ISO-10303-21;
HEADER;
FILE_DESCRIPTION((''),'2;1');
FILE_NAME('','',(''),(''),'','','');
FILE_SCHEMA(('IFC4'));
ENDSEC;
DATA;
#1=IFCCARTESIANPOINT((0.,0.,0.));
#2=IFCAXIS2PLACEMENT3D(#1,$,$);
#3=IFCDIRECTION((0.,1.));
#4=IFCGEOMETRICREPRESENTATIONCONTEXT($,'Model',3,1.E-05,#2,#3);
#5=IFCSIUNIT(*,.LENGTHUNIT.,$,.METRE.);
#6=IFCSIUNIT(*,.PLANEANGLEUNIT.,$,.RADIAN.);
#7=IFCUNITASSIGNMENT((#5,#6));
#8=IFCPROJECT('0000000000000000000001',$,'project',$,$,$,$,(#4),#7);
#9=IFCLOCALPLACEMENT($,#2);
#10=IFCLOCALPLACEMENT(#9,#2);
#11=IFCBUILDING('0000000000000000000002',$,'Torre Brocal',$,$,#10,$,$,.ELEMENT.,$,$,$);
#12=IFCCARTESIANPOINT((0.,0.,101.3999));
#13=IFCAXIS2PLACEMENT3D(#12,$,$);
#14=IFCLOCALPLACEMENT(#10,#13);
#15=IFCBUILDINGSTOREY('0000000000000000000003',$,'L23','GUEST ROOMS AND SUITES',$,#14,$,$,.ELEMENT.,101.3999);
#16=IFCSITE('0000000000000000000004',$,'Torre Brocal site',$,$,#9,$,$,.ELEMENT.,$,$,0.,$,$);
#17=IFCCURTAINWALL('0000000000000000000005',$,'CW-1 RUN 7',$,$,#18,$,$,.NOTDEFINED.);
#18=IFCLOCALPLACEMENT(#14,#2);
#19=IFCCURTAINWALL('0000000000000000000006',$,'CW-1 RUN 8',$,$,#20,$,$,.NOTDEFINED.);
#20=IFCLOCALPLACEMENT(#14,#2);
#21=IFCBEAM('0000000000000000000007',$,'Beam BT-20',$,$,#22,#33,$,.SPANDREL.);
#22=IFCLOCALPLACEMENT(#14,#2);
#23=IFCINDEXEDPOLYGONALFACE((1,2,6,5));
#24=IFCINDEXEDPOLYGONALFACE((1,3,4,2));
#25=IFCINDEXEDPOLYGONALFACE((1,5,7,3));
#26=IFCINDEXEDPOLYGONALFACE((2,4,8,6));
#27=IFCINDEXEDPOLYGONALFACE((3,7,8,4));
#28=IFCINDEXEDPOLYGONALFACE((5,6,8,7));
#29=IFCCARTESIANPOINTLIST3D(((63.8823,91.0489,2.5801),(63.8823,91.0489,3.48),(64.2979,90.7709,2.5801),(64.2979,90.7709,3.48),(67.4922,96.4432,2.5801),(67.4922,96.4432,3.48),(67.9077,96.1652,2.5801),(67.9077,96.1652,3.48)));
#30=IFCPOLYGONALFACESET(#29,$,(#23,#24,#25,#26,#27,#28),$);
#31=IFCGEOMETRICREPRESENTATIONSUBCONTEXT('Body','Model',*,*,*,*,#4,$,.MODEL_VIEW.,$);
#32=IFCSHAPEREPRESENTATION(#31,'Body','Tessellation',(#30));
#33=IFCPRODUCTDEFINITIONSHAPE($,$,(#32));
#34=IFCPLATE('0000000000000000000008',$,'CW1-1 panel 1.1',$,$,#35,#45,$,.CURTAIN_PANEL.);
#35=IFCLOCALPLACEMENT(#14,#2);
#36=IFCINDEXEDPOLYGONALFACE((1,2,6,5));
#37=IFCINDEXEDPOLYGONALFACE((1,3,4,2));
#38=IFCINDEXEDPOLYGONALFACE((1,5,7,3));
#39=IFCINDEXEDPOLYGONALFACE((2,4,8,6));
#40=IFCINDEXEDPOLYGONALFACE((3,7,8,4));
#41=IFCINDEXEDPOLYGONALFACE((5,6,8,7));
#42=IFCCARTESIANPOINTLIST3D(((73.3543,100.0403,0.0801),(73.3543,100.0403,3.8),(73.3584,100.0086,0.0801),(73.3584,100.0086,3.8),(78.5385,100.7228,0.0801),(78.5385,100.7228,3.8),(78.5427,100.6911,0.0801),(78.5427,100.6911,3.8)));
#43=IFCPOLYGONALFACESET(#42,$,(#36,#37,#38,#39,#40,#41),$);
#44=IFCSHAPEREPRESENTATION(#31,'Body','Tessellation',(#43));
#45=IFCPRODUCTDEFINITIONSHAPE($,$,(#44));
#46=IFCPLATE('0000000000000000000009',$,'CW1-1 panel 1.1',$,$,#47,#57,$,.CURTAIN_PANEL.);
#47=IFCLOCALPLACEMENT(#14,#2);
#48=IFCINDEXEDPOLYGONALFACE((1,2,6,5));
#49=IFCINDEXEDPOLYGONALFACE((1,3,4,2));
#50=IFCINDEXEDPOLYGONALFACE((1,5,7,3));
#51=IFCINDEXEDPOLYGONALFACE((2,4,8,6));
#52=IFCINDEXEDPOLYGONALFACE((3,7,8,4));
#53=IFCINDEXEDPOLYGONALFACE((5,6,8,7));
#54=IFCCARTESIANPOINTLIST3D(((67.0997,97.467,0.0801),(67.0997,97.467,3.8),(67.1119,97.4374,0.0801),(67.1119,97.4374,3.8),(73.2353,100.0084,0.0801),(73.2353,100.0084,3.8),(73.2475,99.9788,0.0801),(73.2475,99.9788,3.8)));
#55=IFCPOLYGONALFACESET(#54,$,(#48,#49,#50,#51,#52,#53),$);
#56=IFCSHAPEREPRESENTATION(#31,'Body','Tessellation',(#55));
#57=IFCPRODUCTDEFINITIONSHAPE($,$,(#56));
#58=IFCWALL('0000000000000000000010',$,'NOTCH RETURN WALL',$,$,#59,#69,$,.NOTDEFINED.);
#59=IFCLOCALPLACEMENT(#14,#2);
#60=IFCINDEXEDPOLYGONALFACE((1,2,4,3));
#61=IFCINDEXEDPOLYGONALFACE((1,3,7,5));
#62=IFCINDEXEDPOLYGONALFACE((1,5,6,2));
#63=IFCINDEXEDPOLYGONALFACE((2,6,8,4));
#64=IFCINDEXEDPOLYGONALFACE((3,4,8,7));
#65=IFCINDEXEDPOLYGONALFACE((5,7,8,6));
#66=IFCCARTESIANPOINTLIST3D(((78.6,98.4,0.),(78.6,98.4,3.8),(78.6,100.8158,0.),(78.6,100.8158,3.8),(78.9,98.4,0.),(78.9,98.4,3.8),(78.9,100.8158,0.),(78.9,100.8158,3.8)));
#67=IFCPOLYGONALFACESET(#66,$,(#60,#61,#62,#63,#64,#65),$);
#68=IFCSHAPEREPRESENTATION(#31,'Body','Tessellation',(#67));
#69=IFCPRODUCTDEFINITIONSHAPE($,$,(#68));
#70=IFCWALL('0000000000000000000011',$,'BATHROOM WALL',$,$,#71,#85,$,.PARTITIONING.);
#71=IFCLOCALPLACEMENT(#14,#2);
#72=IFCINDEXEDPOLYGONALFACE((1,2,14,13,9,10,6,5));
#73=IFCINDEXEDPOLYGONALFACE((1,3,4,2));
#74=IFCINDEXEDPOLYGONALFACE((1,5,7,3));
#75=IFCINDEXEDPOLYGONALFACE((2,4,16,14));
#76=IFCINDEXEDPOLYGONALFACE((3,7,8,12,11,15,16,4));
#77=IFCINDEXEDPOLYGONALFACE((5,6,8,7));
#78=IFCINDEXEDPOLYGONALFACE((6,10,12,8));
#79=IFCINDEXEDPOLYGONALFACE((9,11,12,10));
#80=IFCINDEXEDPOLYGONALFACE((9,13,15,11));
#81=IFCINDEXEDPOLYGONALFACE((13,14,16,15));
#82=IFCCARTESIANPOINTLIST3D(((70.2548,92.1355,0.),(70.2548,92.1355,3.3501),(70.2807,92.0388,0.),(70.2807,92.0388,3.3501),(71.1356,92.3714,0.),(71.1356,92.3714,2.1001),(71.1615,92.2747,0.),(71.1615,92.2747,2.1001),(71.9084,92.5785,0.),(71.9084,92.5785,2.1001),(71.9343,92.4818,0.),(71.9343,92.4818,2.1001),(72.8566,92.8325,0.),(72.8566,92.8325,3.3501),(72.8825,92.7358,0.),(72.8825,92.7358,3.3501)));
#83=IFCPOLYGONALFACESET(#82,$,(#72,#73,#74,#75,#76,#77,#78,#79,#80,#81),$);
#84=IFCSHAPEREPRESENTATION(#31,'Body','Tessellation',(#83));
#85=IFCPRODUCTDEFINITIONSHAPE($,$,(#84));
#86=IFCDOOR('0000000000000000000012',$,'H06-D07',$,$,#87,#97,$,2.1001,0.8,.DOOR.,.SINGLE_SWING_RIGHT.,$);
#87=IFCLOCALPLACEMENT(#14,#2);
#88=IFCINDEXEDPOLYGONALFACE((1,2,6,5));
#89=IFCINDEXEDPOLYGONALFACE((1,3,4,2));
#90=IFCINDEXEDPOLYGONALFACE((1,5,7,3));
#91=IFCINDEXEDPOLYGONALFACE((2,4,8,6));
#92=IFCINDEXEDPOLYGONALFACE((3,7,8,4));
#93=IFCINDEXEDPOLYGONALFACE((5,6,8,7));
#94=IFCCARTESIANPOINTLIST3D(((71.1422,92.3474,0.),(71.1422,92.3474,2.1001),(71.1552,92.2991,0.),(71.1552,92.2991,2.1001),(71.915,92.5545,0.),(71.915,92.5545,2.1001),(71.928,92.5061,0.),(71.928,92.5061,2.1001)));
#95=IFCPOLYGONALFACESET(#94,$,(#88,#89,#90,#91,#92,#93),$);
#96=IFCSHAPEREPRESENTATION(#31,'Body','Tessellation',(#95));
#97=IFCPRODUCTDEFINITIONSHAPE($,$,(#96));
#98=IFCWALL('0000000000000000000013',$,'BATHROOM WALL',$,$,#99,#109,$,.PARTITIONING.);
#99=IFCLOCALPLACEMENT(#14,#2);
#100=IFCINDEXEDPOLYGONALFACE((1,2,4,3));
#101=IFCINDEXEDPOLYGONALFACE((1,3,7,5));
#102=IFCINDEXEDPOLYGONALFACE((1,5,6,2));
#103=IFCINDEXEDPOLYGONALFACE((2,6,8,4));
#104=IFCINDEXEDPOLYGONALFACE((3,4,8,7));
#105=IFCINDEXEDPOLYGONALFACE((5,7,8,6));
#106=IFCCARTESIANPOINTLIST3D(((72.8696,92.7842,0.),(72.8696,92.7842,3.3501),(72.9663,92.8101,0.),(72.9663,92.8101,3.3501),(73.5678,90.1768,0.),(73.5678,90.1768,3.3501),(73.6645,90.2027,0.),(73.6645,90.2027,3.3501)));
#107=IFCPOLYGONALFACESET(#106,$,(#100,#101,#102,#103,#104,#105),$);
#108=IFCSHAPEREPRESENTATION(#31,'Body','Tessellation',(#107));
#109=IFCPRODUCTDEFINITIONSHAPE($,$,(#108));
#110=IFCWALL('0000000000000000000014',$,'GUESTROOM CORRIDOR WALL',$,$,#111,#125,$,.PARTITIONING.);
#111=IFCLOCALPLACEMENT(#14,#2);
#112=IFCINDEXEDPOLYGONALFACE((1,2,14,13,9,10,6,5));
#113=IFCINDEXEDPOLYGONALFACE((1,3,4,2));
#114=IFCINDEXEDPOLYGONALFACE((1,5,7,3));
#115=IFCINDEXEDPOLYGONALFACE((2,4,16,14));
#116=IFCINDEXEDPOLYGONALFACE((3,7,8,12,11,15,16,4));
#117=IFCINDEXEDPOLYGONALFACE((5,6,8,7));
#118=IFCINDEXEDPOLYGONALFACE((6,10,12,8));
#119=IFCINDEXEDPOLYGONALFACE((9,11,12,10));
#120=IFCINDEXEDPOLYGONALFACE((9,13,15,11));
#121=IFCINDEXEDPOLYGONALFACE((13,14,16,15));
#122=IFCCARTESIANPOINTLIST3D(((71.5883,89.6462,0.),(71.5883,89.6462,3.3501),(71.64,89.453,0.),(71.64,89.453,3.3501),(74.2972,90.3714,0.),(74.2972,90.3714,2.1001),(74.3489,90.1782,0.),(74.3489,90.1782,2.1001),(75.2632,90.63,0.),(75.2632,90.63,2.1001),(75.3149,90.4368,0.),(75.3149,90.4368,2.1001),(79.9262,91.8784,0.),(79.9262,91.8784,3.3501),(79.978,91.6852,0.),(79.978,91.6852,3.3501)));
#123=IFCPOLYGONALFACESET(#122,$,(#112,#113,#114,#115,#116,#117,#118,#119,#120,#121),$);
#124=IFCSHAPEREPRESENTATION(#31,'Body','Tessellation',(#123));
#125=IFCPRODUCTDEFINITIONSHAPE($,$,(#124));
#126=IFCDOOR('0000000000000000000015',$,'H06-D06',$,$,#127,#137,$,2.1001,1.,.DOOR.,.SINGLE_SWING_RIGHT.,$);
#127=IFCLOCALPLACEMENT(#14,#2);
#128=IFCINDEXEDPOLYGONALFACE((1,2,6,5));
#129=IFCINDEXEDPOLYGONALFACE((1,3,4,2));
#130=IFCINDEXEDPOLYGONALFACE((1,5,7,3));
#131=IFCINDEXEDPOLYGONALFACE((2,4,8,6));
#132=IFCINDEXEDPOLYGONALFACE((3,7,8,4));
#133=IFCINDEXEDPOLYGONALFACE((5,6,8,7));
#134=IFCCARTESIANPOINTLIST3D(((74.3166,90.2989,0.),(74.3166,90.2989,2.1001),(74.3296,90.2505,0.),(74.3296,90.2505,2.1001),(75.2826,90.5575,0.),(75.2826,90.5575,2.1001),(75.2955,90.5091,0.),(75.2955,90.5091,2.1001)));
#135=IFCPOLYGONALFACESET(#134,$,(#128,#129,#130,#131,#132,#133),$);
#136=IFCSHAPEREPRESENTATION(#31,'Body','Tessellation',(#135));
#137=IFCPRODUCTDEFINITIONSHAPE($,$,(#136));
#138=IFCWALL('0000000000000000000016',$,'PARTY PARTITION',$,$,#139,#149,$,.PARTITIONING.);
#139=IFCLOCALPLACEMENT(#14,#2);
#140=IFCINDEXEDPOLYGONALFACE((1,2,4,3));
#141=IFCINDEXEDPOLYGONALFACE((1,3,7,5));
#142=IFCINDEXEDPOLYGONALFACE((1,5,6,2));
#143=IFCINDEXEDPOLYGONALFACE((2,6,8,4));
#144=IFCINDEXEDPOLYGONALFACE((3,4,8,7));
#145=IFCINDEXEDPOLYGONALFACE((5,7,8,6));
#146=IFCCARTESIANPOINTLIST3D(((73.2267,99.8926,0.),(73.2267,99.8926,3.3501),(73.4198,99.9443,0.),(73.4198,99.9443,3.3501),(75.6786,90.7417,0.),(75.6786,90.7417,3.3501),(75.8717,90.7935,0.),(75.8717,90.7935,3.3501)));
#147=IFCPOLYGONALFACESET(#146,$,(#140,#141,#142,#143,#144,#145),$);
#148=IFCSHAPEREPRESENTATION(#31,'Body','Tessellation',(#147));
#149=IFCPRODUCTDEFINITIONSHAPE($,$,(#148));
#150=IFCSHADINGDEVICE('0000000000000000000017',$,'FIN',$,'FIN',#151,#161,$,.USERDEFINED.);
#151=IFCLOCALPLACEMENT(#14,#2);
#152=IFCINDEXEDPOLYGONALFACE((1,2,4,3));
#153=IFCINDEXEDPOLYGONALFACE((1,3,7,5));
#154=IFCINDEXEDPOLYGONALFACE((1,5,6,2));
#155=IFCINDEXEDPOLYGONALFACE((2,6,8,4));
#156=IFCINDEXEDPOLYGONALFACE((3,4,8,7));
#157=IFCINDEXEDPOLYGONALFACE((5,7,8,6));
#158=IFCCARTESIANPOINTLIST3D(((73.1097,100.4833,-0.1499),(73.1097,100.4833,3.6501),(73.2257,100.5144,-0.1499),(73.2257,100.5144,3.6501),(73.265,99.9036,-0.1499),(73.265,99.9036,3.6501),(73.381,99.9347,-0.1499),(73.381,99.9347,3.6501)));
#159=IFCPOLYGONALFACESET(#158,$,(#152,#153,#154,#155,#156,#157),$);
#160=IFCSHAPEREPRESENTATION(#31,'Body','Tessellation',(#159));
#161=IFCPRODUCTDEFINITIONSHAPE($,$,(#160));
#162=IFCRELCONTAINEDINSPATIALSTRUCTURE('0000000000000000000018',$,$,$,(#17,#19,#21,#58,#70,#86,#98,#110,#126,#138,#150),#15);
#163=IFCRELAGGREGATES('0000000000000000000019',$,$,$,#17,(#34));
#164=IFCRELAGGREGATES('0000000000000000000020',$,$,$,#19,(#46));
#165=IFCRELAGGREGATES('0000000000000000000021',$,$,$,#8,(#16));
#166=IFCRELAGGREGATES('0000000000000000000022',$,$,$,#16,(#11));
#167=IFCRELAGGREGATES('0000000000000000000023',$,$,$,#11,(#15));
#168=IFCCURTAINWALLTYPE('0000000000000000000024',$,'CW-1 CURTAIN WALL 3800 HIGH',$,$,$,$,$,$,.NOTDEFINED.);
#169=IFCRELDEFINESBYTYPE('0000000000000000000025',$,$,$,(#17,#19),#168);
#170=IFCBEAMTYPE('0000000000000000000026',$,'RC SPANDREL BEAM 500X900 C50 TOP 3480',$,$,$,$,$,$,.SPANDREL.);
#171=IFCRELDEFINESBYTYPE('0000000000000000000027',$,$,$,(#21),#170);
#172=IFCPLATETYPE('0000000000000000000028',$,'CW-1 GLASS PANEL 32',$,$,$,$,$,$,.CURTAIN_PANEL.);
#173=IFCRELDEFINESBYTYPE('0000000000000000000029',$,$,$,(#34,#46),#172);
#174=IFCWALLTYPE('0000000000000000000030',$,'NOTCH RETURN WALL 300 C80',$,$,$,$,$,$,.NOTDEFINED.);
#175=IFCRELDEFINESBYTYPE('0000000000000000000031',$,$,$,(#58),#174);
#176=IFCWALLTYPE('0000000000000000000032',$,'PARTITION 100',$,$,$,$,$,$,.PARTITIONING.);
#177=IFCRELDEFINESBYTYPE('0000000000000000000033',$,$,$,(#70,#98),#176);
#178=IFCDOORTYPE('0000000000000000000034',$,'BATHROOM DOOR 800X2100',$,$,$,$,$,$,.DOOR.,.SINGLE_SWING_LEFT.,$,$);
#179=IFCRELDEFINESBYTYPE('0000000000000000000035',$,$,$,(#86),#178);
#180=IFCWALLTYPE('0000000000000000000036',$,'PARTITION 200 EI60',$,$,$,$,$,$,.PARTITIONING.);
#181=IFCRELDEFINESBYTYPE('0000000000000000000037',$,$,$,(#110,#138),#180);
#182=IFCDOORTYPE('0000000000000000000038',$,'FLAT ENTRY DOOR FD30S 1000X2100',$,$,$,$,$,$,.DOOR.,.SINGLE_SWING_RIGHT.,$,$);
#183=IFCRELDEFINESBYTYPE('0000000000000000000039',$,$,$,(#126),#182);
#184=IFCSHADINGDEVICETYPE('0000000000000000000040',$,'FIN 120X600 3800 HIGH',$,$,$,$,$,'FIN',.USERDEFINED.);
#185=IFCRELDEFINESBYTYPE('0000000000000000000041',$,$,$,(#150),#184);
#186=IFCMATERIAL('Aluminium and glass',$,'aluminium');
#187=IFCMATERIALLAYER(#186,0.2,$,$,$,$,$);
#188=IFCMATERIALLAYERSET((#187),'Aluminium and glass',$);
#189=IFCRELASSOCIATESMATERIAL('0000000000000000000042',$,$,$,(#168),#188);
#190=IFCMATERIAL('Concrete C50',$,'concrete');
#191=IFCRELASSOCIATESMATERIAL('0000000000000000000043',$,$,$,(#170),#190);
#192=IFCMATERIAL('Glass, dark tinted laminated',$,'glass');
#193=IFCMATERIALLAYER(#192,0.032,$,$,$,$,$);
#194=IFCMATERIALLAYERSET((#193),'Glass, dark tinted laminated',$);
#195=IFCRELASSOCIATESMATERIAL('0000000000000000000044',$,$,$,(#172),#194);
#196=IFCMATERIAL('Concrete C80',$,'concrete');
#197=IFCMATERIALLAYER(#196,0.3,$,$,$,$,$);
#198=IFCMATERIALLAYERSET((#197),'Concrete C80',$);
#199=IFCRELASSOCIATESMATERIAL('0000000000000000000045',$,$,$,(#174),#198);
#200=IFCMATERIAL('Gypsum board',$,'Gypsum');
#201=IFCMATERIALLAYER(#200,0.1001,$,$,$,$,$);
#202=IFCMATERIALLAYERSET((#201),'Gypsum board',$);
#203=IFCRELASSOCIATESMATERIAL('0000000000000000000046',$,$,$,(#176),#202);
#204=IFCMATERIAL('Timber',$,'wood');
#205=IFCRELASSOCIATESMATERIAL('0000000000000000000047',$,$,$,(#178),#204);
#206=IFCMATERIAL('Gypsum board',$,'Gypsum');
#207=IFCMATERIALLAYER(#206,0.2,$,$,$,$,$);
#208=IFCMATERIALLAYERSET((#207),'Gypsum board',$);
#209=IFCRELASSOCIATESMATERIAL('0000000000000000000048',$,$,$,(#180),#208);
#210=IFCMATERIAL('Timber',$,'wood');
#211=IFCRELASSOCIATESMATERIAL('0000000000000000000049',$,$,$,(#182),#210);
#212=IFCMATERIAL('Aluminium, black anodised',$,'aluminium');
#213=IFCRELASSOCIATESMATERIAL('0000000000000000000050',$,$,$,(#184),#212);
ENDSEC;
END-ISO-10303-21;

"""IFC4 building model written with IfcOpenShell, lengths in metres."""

from ifc_helpers import new_model, si_unit, direction, frame, frame_2d, origin, origin_2d, place, context, subcontext, project, spatial, rectangle, extrude, material, layer, layer_set, material_profile, profile_set, type_object, element, fill, aggregate, save


model = new_model("IFC4")

# Units and contexts
model_context = context("Model", 3, precision=1e-05, world=origin(), true_north=direction((0.0, 1.0)))
body_context = subcontext(model_context, "Body", "Model", "MODEL_VIEW")
ifc_project = project(units=[si_unit("LENGTHUNIT", "METRE"), si_unit("PLANEANGLEUNIT", "RADIAN")], contexts=[model_context])

# Site, building, storey
site_placement = place(None, origin())
site = spatial("IfcSite", under=ifc_project, at=site_placement, Name="Torre Brocal site", CompositionType="ELEMENT", RefElevation=0.0)
building_placement = place(site_placement, origin())
building = spatial("IfcBuilding", under=site, at=building_placement, Name="Torre Brocal", CompositionType="ELEMENT")
storey_placement = place(building_placement, frame((0.0, 0.0, 101.3999)))
storey = spatial("IfcBuildingStorey", under=building, at=storey_placement, Name="L23", Description="GUEST ROOMS AND SUITES", CompositionType="ELEMENT", Elevation=101.3999)

# Curtain wall
ifc_material_1 = material(Name="Aluminium and glass", Category="aluminium")
ifc_layer_1 = layer(ifc_material_1, 0.2)
ifc_layer_set_1 = layer_set([ifc_layer_1], Name="Aluminium and glass")
curtain_wall_type = type_object("IfcCurtainWallType", Name="CW-1 CURTAIN WALL 3800 HIGH", PredefinedType="NOTDEFINED", material=ifc_layer_set_1)
curtain_wall_1_placement = place(storey_placement, origin())
curtain_wall_1 = element("IfcCurtainWall", 1, at=curtain_wall_1_placement, inside=storey, type_object=curtain_wall_type, Name="CW-1 RUN 7", PredefinedType="NOTDEFINED")

# Curtain wall
curtain_wall_2_placement = place(storey_placement, origin())
curtain_wall_2 = element("IfcCurtainWall", 2, at=curtain_wall_2_placement, inside=storey, type_object=curtain_wall_type, Name="CW-1 RUN 8", PredefinedType="NOTDEFINED")

# Beam
ifc_material_2 = material(Name="Concrete C50", Category="concrete")
ifc_material_profile_1 = material_profile(ifc_material_2, rectangle(XDim=0.5, YDim=0.8999, at=origin_2d()), Name="RC 500X900")
ifc_profile_set_1 = profile_set([ifc_material_profile_1], Name="Concrete C50")
beam_type_1 = type_object("IfcBeamType", Name="RC SPANDREL BEAM 500X900 C50 TOP 3480", PredefinedType="SPANDREL", material=ifc_profile_set_1)
beam_1_placement = place(storey_placement, frame((67.7, 96.3042, 3.03), z_axis=(-0.556158, -0.831077, 0.0), x_axis=(0.831077, -0.556158, 0.0)))
element("IfcBeam", 3, at=beam_1_placement, inside=storey, type_object=beam_type_1, Name="Beam BT-20", PredefinedType="SPANDREL", context=body_context, shape_type="SweptSolid", body=[
    extrude(rectangle(XDim=0.5, YDim=0.8999, at=origin_2d()), origin(), (0.0, 0.0, 1.0), 6.4907),
])

# Plates
ifc_material_3 = material(Name="Glass, dark tinted laminated", Category="glass")
ifc_layer_2 = layer(ifc_material_3, 0.032)
ifc_layer_set_2 = layer_set([ifc_layer_2], Name="Glass, dark tinted laminated")
plate_type = type_object("IfcPlateType", Name="CW-1 GLASS PANEL 32", PredefinedType="CURTAIN_PANEL", material=ifc_layer_set_2)
plate_1_placement = place(storey_placement, frame((75.9485, 100.3657, 0.0801), z_axis=(0.0, 0.0, 1.0), x_axis=(-0.991445, -0.130526, 0.0)))
plate_1 = element("IfcPlate", 4, at=plate_1_placement, type_object=plate_type, Name="CW1-1 panel 1.1", PredefinedType="CURTAIN_PANEL", context=body_context, shape_type="SweptSolid", body=[
    extrude(rectangle(XDim=5.229, YDim=0.032, at=origin_2d()), origin(), (0.0, 0.0, 1.0), 3.72),
])
aggregate(curtain_wall_1, [plate_1])
plate_2_placement = place(storey_placement, frame((70.1736, 98.7229, 0.0801), z_axis=(0.0, 0.0, 1.0), x_axis=(-0.92388, -0.382683, 0.0)))
plate_2 = element("IfcPlate", 5, at=plate_2_placement, type_object=plate_type, Name="CW1-1 panel 1.1", PredefinedType="CURTAIN_PANEL", context=body_context, shape_type="SweptSolid", body=[
    extrude(rectangle(XDim=6.6411, YDim=0.032, at=origin_2d()), origin(), (0.0, 0.0, 1.0), 3.72),
])
aggregate(curtain_wall_2, [plate_2])

# Wall
ifc_material_4 = material(Name="Concrete C80", Category="concrete")
ifc_layer_3 = layer(ifc_material_4, 0.3)
ifc_layer_set_3 = layer_set([ifc_layer_3], Name="Concrete C80")
wall_type_1 = type_object("IfcWallType", Name="NOTCH RETURN WALL 300 C80", PredefinedType="NOTDEFINED", material=ifc_layer_set_3)
wall_1_placement = place(storey_placement, frame((78.75, 98.3999, 0.0), z_axis=(0.0, 0.0, 1.0), x_axis=(0.0, 1.0, 0.0)))
element("IfcWall", 6, at=wall_1_placement, inside=storey, type_object=wall_type_1, Name="NOTCH RETURN WALL", PredefinedType="NOTDEFINED", context=body_context, shape_type="SweptSolid", body=[
    extrude(rectangle(XDim=2.4158, YDim=0.3, at=frame_2d((1.208, 0.0))), origin(), (0.0, 0.0, 1.0), 3.8),
])

# Wall, opening, door
ifc_material_5 = material(Name="Gypsum board", Category="Gypsum")
ifc_layer_4 = layer(ifc_material_5, 0.1001)
ifc_layer_set_4 = layer_set([ifc_layer_4], Name="Gypsum board")
wall_type_2 = type_object("IfcWallType", Name="PARTITION 100", PredefinedType="PARTITIONING", material=ifc_layer_set_4)
wall_2_placement = place(storey_placement, frame((70.2678, 92.0872, 0.0), z_axis=(0.0, 0.0, 1.0), x_axis=(0.965938, 0.258774, 0.0)))
wall_2 = element("IfcWall", 7, at=wall_2_placement, inside=storey, type_object=wall_type_2, Name="BATHROOM WALL", PredefinedType="PARTITIONING", context=body_context, shape_type="SweptSolid", body=[
    extrude(rectangle(XDim=2.6936, YDim=0.1001, at=frame_2d((1.3467, 0.0))), origin(), (0.0, 0.0, 1.0), 3.3501),
])
opening_1_placement = place(wall_2_placement, frame((0.9119, 0.0, 0.0)))
opening_1 = element("IfcOpeningElement", 8, at=opening_1_placement, cuts=wall_2, PredefinedType="OPENING", context=body_context, shape_type="SweptSolid", body=[
    extrude(rectangle(XDim=0.8, YDim=2.1001, at=frame_2d((0.3999, 1.05))), frame((0.0, 0.0601, 0.0), z_axis=(0.0, -1.0, 0.0), x_axis=(1.0, 0.0, 0.0)), (0.0, 0.0, 1.0), 0.1201),
])
ifc_material_6 = material(Name="Timber", Category="wood")
door_type_1 = type_object("IfcDoorType", Name="BATHROOM DOOR 800X2100", OperationType="SINGLE_SWING_LEFT", PredefinedType="DOOR", material=ifc_material_6)
door_1_placement = place(opening_1_placement, frame((0.8, 0.0, 0.0), z_axis=(0.0, 0.0, 1.0), x_axis=(-1.0, 0.0, 0.0)))
door_1 = element("IfcDoor", 9, at=door_1_placement, inside=storey, type_object=door_type_1, Name="H06-D07", OperationType="SINGLE_SWING_RIGHT", OverallHeight=2.1001, OverallWidth=0.8, PredefinedType="DOOR", context=body_context, shape_type="SweptSolid", body=[
    extrude(rectangle(XDim=0.8, YDim=2.1001, at=frame_2d((0.3999, 1.05))), frame((0.0, 0.0249, 0.0), z_axis=(0.0, -1.0, 0.0), x_axis=(1.0, 0.0, 0.0)), (0.0, 0.0, 1.0), 0.05),
])
fill(opening_1, door_1)

# Wall
wall_3_placement = place(storey_placement, frame((72.918, 92.7971, 0.0), z_axis=(0.0, 0.0, 1.0), x_axis=(0.258676, -0.965964, 0.0)))
element("IfcWall", 10, at=wall_3_placement, inside=storey, type_object=wall_type_2, Name="BATHROOM WALL", PredefinedType="PARTITIONING", context=body_context, shape_type="SweptSolid", body=[
    extrude(rectangle(XDim=2.6992, YDim=0.1001, at=frame_2d((1.3496, 0.0))), origin(), (0.0, 0.0, 1.0), 3.3501),
])

# Wall, opening, door
ifc_material_7 = material(Name="Gypsum board", Category="Gypsum")
ifc_layer_5 = layer(ifc_material_7, 0.2)
ifc_layer_set_5 = layer_set([ifc_layer_5], Name="Gypsum board")
wall_type_3 = type_object("IfcWallType", Name="PARTITION 200 EI60", PredefinedType="PARTITIONING", material=ifc_layer_set_5)
wall_4_placement = place(storey_placement, frame((71.614, 89.5496, 0.0), z_axis=(0.0, 0.0, 1.0), x_axis=(0.965982, 0.258608, 0.0)))
wall_4 = element("IfcWall", 11, at=wall_4_placement, inside=storey, type_object=wall_type_3, Name="GUESTROOM CORRIDOR WALL", PredefinedType="PARTITIONING", context=body_context, shape_type="SweptSolid", body=[
    extrude(rectangle(XDim=8.6316, YDim=0.2, at=frame_2d((4.3159, 0.0))), origin(), (0.0, 0.0, 1.0), 3.3501),
])
opening_2_placement = place(wall_4_placement, frame((2.8044, 0.0, 0.0)))
opening_2 = element("IfcOpeningElement", 12, at=opening_2_placement, cuts=wall_4, PredefinedType="OPENING", context=body_context, shape_type="SweptSolid", body=[
    extrude(rectangle(XDim=1.0, YDim=2.1001, at=frame_2d((0.5, 1.05))), frame((0.0, 0.1099, 0.0), z_axis=(0.0, -1.0, 0.0), x_axis=(1.0, 0.0, 0.0)), (0.0, 0.0, 1.0), 0.22),
])
ifc_material_8 = material(Name="Timber", Category="wood")
door_type_2 = type_object("IfcDoorType", Name="FLAT ENTRY DOOR FD30S 1000X2100", OperationType="SINGLE_SWING_RIGHT", PredefinedType="DOOR", material=ifc_material_8)
door_2_placement = place(opening_2_placement, origin())
door_2 = element("IfcDoor", 13, at=door_2_placement, inside=storey, type_object=door_type_2, Name="H06-D06", OperationType="SINGLE_SWING_RIGHT", OverallHeight=2.1001, OverallWidth=1.0, PredefinedType="DOOR", context=body_context, shape_type="SweptSolid", body=[
    extrude(rectangle(XDim=1.0, YDim=2.1001, at=frame_2d((0.5, 1.05))), frame((0.0, 0.0249, 0.0), z_axis=(0.0, -1.0, 0.0), x_axis=(1.0, 0.0, 0.0)), (0.0, 0.0, 1.0), 0.05),
])
fill(opening_2, door_2)

# Wall
wall_5_placement = place(storey_placement, frame((73.3232, 99.9185, 0.0), z_axis=(0.0, 0.0, 1.0), x_axis=(0.258813, -0.965928, 0.0)))
element("IfcWall", 14, at=wall_5_placement, inside=storey, type_object=wall_type_3, Name="PARTY PARTITION", PredefinedType="PARTITIONING", context=body_context, shape_type="SweptSolid", body=[
    extrude(rectangle(XDim=9.4736, YDim=0.2, at=frame_2d((4.7368, 0.0))), origin(), (0.0, 0.0, 1.0), 3.3501),
])

# Shading device
ifc_material_9 = material(Name="Aluminium, black anodised", Category="aluminium")
ifc_material_profile_2 = material_profile(ifc_material_9, rectangle(XDim=0.1201, YDim=0.6001, at=origin_2d()), Name="FIN 120X600 3800 HIGH")
ifc_profile_set_2 = profile_set([ifc_material_profile_2], Name="Aluminium, black anodised")
shading_device_type = type_object("IfcShadingDeviceType", Name="FIN 120X600 3800 HIGH", ElementType="FIN", PredefinedType="USERDEFINED", material=ifc_profile_set_2)
shading_device_placement = place(storey_placement, frame((73.2454, 100.209, -0.1499), z_axis=(0.0, 0.0, 1.0), x_axis=(-0.965926, -0.258819, 0.0)))
element("IfcShadingDevice", 15, at=shading_device_placement, inside=storey, type_object=shading_device_type, Name="FIN", ObjectType="FIN", PredefinedType="USERDEFINED", context=body_context, shape_type="SweptSolid", body=[
    extrude(rectangle(XDim=0.1201, YDim=0.6001, at=origin_2d()), origin(), (0.0, 0.0, 1.0), 3.8),
])

save(model, "model.ifc")
